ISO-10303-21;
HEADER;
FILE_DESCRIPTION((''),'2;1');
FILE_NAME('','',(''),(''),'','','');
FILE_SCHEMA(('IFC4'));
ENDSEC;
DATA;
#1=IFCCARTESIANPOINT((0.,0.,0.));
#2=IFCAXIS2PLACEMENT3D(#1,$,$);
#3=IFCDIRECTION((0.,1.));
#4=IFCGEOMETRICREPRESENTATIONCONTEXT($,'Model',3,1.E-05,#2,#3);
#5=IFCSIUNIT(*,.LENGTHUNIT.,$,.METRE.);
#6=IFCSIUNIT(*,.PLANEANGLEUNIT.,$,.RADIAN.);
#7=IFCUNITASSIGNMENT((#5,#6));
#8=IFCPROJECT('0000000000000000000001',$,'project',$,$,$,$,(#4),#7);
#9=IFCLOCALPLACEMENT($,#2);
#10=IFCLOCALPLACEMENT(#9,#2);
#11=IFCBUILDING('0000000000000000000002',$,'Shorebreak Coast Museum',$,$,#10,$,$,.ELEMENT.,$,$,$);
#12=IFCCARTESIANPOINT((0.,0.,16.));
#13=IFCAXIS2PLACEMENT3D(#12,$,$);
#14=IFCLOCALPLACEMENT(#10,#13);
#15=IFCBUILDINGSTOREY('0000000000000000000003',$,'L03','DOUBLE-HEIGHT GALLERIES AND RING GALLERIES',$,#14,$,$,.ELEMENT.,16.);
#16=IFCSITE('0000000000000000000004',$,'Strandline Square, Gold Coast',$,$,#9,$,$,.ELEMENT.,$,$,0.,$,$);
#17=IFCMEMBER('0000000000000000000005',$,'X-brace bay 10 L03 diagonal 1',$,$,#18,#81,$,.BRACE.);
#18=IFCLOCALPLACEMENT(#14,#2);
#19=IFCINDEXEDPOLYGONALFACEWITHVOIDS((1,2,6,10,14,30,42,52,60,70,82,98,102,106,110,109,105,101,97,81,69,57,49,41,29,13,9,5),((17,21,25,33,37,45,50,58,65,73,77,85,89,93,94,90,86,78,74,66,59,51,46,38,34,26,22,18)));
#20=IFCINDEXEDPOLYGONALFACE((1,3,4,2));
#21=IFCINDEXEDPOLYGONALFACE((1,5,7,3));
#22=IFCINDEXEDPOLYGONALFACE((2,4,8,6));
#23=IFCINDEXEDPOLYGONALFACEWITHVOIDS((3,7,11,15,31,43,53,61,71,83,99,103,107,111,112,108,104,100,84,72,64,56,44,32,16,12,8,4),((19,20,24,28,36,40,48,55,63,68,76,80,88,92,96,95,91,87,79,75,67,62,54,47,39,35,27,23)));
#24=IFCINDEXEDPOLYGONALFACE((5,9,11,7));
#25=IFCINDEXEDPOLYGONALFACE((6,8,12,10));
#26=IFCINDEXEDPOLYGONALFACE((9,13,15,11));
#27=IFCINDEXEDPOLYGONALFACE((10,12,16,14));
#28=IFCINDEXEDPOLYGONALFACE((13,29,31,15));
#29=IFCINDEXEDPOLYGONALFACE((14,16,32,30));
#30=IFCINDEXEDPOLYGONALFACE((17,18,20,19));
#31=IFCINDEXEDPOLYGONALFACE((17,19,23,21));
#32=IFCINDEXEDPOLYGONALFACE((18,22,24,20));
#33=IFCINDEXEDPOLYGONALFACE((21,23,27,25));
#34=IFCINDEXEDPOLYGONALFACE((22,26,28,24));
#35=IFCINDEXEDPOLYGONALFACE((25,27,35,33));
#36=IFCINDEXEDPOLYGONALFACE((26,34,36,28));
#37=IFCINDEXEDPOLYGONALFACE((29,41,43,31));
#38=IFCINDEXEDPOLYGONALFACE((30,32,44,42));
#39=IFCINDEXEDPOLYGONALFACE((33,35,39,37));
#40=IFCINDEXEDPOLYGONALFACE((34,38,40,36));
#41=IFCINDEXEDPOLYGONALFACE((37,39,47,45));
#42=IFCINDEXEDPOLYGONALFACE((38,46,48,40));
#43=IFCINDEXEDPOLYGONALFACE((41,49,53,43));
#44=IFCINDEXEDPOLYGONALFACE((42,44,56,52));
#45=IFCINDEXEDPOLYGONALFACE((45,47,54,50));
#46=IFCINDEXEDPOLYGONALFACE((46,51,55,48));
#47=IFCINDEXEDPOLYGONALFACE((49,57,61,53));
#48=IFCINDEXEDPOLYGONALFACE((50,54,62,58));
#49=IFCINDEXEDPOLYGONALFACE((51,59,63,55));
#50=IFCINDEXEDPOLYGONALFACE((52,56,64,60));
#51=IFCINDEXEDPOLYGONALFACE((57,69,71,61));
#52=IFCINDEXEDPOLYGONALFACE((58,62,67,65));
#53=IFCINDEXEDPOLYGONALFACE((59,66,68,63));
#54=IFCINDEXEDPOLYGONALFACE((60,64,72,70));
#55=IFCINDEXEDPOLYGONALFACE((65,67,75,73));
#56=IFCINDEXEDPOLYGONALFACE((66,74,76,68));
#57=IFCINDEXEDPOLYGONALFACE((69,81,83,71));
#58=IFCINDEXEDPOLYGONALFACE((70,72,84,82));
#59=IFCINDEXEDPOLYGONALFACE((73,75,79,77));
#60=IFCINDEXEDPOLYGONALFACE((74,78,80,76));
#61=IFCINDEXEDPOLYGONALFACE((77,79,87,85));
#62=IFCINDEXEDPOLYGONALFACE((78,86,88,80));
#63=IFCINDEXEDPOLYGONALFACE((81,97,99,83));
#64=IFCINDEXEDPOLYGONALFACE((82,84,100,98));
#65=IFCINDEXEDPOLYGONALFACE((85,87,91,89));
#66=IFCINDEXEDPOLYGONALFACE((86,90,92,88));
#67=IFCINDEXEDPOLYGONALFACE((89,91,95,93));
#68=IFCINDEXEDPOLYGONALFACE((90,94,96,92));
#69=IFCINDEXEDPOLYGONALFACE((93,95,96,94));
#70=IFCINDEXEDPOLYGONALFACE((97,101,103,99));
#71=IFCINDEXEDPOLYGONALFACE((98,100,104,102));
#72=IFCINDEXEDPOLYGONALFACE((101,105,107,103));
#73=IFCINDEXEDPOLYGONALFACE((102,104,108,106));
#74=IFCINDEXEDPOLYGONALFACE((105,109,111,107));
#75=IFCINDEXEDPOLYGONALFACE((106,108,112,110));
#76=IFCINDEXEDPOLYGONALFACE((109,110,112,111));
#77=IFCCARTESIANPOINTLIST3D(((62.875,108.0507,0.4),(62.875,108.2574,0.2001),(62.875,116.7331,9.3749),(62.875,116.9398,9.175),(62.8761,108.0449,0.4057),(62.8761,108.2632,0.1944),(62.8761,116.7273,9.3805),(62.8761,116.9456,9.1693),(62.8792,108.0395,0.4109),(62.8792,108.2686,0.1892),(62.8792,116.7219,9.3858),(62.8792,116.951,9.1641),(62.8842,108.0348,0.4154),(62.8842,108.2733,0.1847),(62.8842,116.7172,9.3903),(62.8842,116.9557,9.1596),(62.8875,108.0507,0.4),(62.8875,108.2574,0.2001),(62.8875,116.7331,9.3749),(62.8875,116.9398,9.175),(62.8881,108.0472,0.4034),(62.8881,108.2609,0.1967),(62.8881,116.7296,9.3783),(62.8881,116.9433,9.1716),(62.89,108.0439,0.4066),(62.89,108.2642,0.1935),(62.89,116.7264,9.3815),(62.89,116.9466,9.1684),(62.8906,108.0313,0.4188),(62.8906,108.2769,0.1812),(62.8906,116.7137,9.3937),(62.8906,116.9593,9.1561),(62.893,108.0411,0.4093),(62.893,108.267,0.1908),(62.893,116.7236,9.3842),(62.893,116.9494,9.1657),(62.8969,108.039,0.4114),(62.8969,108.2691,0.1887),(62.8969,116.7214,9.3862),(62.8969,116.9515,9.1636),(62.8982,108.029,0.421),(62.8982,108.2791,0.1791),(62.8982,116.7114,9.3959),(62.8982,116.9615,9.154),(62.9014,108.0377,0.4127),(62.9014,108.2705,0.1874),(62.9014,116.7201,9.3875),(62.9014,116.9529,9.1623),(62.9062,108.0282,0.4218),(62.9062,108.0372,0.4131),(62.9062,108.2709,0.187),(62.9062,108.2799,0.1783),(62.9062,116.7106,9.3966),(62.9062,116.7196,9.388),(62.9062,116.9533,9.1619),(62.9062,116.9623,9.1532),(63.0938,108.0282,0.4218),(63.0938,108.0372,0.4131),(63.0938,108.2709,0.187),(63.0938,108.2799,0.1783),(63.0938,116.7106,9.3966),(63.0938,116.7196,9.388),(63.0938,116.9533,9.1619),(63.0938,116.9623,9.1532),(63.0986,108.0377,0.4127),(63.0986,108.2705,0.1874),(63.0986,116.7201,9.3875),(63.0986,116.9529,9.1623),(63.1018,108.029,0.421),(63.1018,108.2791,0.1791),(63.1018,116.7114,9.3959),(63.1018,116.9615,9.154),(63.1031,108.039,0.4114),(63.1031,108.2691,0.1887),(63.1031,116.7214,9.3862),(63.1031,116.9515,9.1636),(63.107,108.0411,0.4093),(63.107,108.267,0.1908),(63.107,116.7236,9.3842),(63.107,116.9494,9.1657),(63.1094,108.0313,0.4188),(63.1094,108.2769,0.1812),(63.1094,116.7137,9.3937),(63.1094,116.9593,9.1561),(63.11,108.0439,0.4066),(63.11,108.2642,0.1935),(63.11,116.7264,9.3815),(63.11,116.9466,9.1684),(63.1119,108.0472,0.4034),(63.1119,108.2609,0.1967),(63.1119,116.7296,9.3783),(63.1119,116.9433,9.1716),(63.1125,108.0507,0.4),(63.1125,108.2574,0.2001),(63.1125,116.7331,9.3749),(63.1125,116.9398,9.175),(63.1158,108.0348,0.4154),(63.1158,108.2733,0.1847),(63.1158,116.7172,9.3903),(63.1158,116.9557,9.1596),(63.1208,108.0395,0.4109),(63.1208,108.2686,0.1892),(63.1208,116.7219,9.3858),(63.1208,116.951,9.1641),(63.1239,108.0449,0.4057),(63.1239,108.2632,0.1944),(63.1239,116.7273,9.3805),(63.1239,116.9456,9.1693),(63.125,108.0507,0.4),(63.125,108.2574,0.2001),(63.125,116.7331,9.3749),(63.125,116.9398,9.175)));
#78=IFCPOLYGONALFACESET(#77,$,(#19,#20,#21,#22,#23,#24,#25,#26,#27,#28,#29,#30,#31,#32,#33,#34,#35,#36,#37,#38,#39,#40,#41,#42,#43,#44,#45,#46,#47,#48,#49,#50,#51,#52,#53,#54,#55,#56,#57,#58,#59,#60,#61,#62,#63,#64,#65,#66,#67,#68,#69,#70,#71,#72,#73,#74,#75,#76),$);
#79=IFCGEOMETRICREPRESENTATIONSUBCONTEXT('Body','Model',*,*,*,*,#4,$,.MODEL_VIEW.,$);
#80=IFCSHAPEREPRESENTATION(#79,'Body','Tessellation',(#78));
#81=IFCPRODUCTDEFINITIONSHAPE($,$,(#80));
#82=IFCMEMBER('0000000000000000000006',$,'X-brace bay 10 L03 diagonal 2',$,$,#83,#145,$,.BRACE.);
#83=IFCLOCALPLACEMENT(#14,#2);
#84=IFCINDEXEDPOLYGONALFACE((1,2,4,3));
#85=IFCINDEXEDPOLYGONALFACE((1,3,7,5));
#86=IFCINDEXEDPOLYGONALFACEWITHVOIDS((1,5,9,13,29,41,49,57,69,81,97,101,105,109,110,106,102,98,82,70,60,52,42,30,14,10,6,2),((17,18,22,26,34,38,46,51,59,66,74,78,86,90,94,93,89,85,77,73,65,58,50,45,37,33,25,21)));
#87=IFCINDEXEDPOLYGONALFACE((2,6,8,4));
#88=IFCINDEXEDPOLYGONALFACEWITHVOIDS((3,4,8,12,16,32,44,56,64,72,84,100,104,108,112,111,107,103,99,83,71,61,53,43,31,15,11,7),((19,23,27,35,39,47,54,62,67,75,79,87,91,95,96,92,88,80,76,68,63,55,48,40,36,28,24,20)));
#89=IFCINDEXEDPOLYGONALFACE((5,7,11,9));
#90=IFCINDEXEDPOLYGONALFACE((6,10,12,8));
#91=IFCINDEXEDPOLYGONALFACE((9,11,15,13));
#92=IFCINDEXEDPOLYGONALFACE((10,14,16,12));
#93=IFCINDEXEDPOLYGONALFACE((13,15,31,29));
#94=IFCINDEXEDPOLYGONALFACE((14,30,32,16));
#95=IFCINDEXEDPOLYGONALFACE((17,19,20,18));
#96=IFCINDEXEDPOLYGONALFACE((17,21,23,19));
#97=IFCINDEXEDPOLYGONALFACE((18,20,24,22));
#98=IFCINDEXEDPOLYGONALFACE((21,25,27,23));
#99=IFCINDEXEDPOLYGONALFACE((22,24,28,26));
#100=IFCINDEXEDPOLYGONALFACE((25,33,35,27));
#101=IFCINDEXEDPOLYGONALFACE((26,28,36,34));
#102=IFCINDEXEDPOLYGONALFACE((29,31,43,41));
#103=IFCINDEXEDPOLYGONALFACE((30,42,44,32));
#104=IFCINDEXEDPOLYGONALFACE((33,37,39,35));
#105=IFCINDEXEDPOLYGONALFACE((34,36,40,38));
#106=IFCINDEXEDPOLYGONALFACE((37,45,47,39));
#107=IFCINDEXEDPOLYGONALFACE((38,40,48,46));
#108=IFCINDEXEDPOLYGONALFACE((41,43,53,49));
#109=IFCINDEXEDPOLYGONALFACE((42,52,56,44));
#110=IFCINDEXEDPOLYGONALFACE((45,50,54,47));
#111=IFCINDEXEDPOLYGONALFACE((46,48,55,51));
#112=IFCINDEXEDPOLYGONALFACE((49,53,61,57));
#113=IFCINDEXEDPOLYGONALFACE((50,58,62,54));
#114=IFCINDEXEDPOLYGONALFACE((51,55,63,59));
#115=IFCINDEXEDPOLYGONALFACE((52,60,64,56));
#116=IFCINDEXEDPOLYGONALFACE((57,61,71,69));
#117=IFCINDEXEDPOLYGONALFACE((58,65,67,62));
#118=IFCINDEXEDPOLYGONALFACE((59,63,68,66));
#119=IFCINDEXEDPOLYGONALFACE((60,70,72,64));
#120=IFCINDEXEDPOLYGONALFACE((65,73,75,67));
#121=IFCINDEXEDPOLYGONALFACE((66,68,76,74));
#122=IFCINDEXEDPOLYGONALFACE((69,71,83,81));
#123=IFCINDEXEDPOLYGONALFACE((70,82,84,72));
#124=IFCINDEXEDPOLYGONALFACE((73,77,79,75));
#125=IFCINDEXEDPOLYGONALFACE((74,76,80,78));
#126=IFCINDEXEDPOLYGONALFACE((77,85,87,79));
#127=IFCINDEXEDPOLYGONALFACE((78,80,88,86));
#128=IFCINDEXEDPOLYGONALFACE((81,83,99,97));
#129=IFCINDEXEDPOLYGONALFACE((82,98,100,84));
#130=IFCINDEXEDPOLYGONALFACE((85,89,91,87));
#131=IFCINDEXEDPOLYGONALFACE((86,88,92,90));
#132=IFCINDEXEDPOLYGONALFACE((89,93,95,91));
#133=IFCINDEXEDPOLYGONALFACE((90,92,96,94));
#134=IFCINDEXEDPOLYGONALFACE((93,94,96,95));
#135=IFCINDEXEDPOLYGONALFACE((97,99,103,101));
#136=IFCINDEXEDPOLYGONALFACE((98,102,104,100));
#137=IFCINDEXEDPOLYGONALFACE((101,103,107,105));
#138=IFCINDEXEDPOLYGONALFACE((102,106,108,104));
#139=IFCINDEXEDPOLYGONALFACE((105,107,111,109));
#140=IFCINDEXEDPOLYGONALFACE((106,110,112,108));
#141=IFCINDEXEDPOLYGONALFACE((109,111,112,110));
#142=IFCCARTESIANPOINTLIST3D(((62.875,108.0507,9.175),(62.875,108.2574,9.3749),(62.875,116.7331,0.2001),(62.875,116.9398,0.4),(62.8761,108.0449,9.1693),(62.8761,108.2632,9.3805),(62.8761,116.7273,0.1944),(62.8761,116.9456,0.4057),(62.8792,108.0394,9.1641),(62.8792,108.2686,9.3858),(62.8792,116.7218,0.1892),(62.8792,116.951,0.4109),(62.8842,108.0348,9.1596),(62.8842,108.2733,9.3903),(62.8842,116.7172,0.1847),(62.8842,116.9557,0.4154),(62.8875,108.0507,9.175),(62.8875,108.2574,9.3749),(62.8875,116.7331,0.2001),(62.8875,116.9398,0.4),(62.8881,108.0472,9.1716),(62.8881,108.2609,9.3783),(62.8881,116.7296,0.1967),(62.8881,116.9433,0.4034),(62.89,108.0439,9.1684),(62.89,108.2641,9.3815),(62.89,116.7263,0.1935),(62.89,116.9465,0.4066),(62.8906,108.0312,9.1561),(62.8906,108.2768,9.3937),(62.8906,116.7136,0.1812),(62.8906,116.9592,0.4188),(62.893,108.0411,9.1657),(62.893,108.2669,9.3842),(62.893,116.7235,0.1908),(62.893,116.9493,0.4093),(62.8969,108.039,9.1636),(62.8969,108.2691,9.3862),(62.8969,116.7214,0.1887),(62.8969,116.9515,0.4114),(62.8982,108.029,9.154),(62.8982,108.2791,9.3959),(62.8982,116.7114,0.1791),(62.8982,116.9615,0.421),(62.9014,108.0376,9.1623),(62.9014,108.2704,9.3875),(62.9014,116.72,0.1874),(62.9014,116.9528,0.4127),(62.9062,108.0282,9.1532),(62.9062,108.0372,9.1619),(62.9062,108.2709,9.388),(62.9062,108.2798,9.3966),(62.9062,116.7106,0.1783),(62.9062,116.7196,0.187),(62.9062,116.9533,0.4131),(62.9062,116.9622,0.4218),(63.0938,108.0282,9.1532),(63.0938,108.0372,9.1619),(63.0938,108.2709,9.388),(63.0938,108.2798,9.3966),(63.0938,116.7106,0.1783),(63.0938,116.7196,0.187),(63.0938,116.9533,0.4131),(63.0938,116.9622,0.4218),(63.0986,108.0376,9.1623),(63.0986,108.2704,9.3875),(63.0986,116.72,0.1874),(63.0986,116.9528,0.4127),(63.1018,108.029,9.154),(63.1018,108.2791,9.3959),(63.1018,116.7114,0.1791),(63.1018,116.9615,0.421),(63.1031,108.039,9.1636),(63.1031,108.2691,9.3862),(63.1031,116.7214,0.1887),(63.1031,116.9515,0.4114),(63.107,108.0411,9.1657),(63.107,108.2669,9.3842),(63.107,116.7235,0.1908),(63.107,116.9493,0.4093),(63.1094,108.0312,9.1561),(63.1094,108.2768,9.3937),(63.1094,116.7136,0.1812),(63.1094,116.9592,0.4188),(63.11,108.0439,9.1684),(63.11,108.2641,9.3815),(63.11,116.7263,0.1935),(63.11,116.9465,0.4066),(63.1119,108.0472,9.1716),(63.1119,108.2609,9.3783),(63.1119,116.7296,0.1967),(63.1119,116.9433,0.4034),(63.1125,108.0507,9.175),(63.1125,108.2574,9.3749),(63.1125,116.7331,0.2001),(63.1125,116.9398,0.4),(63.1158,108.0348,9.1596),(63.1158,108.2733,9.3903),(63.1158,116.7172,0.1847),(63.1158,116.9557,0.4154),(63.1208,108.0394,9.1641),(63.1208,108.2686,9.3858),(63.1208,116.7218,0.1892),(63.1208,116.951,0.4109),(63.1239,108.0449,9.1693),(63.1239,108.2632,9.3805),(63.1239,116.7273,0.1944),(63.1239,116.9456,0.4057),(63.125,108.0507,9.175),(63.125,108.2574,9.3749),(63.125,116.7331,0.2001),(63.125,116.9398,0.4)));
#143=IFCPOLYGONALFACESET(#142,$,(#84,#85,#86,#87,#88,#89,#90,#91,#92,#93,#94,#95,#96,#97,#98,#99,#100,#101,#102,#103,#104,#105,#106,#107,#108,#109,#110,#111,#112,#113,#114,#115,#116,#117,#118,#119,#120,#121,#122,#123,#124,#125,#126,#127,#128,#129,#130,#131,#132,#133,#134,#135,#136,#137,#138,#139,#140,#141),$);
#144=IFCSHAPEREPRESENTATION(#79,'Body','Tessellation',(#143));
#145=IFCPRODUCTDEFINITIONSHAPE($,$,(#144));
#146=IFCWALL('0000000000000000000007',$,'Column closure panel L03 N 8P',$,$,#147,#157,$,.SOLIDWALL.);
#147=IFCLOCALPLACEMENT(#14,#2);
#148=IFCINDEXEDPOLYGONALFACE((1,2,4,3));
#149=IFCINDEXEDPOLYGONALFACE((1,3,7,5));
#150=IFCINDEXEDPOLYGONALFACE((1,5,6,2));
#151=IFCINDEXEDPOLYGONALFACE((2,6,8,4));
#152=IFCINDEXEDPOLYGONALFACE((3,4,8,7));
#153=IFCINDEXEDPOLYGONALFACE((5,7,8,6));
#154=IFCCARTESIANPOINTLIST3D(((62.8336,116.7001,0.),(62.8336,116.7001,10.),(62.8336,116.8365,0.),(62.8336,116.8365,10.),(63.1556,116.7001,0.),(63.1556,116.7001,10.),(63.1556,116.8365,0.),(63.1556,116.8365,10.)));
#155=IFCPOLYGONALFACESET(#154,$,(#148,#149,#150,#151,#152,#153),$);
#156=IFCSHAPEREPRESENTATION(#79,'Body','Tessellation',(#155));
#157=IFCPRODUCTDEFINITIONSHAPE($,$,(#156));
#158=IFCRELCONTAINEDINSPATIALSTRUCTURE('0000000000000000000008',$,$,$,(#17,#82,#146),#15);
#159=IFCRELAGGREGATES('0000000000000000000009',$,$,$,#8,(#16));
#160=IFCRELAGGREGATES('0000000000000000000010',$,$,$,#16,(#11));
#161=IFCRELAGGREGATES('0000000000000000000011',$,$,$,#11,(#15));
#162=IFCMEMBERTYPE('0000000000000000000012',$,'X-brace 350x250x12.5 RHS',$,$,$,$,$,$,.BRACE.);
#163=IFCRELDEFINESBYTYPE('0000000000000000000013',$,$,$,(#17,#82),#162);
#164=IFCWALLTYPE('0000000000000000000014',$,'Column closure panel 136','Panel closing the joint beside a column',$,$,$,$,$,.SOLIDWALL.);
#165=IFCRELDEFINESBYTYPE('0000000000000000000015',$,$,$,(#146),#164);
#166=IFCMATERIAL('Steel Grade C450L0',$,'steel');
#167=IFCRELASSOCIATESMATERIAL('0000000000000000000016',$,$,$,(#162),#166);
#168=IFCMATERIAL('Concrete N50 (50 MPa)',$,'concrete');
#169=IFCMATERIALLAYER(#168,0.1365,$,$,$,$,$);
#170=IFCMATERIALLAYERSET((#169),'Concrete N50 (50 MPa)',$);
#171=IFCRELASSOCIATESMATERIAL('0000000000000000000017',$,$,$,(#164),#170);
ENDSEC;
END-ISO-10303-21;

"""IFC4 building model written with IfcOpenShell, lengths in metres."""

from ifc_helpers import new_model, si_unit, direction, frame, frame_2d, origin, origin_2d, place, context, subcontext, project, spatial, rectangle, hollow_rectangle, extrude, material, layer, layer_set, material_profile, profile_set, type_object, element, save


model = new_model("IFC4")

# Units and contexts
model_context = context("Model", 3, precision=1e-05, world=origin(), true_north=direction((0.0, 1.0)))
body_context = subcontext(model_context, "Body", "Model", "MODEL_VIEW")
ifc_project = project(units=[si_unit("LENGTHUNIT", "METRE"), si_unit("PLANEANGLEUNIT", "RADIAN")], contexts=[model_context])

# Site, building, storey
site_placement = place(None, origin())
site = spatial("IfcSite", under=ifc_project, at=site_placement, Name="Strandline Square, Gold Coast", CompositionType="ELEMENT", RefElevation=0.0)
building_placement = place(site_placement, origin())
building = spatial("IfcBuilding", under=site, at=building_placement, Name="Shorebreak Coast Museum", CompositionType="ELEMENT")
storey_placement = place(building_placement, frame((0.0, 0.0, 16.0)))
storey = spatial("IfcBuildingStorey", under=building, at=storey_placement, Name="L03", Description="DOUBLE-HEIGHT GALLERIES AND RING GALLERIES", CompositionType="ELEMENT", Elevation=16.0)

# Members
ifc_material_1 = material(Name="Steel Grade C450L0", Category="steel")
ifc_material_profile_1 = material_profile(ifc_material_1, hollow_rectangle(XDim=0.25, YDim=0.3501, WallThickness=0.0125, InnerFilletRadius=0.0188, OuterFilletRadius=0.0312, at=origin_2d()), Name="350x250x12.5 RHS")
ifc_profile_set_1 = profile_set([ifc_material_profile_1], Name="Steel Grade C450L0")
member_type = type_object("IfcMemberType", Name="X-brace 350x250x12.5 RHS", PredefinedType="BRACE", material=ifc_profile_set_1)
for number, where, z_axis, x_axis, name in (
    (1, (63.0, 108.1541, 0.3), (0.0, 0.695299, 0.718721), (-1.0, 0.0, 0.0), "X-brace bay 10 L03 diagonal 1"),
    (2, (63.0, 116.8364, 0.3), (0.0, -0.695299, 0.718721), (1.0, 0.0, 0.0), "X-brace bay 10 L03 diagonal 2"),
):
    element("IfcMember", number, at=place(storey_placement, frame(where, z_axis=z_axis, x_axis=x_axis)), inside=storey, type_object=member_type, Name=name, PredefinedType="BRACE", context=body_context, shape_type="SweptSolid", body=[
        extrude(hollow_rectangle(XDim=0.25, YDim=0.3501, WallThickness=0.0125, InnerFilletRadius=0.0188, OuterFilletRadius=0.0312, at=origin_2d()), origin(), (0.0, 0.0, 1.0), 12.4873),
    ])

# Wall
ifc_material_2 = material(Name="Concrete N50 (50 MPa)", Category="concrete")
ifc_layer_1 = layer(ifc_material_2, 0.1365)
ifc_layer_set_1 = layer_set([ifc_layer_1], Name="Concrete N50 (50 MPa)")
wall_type_1 = type_object("IfcWallType", Name="Column closure panel 136", Description="Panel closing the joint beside a column", PredefinedType="SOLIDWALL", material=ifc_layer_set_1)
wall_1_placement = place(storey_placement, frame((62.8335, 116.7683, 0.0), z_axis=(0.0, 0.0, 1.0), x_axis=(1.0, 0.0, 0.0)))
element("IfcWall", 3, at=wall_1_placement, inside=storey, type_object=wall_type_1, Name="Column closure panel L03 N 8P", PredefinedType="SOLIDWALL", context=body_context, shape_type="SweptSolid", body=[
    extrude(rectangle(XDim=0.322, YDim=0.1365, at=frame_2d((0.1611, 0.0))), origin(), (0.0, 0.0, 1.0), 10.0),
])

save(model, "model.ifc")
